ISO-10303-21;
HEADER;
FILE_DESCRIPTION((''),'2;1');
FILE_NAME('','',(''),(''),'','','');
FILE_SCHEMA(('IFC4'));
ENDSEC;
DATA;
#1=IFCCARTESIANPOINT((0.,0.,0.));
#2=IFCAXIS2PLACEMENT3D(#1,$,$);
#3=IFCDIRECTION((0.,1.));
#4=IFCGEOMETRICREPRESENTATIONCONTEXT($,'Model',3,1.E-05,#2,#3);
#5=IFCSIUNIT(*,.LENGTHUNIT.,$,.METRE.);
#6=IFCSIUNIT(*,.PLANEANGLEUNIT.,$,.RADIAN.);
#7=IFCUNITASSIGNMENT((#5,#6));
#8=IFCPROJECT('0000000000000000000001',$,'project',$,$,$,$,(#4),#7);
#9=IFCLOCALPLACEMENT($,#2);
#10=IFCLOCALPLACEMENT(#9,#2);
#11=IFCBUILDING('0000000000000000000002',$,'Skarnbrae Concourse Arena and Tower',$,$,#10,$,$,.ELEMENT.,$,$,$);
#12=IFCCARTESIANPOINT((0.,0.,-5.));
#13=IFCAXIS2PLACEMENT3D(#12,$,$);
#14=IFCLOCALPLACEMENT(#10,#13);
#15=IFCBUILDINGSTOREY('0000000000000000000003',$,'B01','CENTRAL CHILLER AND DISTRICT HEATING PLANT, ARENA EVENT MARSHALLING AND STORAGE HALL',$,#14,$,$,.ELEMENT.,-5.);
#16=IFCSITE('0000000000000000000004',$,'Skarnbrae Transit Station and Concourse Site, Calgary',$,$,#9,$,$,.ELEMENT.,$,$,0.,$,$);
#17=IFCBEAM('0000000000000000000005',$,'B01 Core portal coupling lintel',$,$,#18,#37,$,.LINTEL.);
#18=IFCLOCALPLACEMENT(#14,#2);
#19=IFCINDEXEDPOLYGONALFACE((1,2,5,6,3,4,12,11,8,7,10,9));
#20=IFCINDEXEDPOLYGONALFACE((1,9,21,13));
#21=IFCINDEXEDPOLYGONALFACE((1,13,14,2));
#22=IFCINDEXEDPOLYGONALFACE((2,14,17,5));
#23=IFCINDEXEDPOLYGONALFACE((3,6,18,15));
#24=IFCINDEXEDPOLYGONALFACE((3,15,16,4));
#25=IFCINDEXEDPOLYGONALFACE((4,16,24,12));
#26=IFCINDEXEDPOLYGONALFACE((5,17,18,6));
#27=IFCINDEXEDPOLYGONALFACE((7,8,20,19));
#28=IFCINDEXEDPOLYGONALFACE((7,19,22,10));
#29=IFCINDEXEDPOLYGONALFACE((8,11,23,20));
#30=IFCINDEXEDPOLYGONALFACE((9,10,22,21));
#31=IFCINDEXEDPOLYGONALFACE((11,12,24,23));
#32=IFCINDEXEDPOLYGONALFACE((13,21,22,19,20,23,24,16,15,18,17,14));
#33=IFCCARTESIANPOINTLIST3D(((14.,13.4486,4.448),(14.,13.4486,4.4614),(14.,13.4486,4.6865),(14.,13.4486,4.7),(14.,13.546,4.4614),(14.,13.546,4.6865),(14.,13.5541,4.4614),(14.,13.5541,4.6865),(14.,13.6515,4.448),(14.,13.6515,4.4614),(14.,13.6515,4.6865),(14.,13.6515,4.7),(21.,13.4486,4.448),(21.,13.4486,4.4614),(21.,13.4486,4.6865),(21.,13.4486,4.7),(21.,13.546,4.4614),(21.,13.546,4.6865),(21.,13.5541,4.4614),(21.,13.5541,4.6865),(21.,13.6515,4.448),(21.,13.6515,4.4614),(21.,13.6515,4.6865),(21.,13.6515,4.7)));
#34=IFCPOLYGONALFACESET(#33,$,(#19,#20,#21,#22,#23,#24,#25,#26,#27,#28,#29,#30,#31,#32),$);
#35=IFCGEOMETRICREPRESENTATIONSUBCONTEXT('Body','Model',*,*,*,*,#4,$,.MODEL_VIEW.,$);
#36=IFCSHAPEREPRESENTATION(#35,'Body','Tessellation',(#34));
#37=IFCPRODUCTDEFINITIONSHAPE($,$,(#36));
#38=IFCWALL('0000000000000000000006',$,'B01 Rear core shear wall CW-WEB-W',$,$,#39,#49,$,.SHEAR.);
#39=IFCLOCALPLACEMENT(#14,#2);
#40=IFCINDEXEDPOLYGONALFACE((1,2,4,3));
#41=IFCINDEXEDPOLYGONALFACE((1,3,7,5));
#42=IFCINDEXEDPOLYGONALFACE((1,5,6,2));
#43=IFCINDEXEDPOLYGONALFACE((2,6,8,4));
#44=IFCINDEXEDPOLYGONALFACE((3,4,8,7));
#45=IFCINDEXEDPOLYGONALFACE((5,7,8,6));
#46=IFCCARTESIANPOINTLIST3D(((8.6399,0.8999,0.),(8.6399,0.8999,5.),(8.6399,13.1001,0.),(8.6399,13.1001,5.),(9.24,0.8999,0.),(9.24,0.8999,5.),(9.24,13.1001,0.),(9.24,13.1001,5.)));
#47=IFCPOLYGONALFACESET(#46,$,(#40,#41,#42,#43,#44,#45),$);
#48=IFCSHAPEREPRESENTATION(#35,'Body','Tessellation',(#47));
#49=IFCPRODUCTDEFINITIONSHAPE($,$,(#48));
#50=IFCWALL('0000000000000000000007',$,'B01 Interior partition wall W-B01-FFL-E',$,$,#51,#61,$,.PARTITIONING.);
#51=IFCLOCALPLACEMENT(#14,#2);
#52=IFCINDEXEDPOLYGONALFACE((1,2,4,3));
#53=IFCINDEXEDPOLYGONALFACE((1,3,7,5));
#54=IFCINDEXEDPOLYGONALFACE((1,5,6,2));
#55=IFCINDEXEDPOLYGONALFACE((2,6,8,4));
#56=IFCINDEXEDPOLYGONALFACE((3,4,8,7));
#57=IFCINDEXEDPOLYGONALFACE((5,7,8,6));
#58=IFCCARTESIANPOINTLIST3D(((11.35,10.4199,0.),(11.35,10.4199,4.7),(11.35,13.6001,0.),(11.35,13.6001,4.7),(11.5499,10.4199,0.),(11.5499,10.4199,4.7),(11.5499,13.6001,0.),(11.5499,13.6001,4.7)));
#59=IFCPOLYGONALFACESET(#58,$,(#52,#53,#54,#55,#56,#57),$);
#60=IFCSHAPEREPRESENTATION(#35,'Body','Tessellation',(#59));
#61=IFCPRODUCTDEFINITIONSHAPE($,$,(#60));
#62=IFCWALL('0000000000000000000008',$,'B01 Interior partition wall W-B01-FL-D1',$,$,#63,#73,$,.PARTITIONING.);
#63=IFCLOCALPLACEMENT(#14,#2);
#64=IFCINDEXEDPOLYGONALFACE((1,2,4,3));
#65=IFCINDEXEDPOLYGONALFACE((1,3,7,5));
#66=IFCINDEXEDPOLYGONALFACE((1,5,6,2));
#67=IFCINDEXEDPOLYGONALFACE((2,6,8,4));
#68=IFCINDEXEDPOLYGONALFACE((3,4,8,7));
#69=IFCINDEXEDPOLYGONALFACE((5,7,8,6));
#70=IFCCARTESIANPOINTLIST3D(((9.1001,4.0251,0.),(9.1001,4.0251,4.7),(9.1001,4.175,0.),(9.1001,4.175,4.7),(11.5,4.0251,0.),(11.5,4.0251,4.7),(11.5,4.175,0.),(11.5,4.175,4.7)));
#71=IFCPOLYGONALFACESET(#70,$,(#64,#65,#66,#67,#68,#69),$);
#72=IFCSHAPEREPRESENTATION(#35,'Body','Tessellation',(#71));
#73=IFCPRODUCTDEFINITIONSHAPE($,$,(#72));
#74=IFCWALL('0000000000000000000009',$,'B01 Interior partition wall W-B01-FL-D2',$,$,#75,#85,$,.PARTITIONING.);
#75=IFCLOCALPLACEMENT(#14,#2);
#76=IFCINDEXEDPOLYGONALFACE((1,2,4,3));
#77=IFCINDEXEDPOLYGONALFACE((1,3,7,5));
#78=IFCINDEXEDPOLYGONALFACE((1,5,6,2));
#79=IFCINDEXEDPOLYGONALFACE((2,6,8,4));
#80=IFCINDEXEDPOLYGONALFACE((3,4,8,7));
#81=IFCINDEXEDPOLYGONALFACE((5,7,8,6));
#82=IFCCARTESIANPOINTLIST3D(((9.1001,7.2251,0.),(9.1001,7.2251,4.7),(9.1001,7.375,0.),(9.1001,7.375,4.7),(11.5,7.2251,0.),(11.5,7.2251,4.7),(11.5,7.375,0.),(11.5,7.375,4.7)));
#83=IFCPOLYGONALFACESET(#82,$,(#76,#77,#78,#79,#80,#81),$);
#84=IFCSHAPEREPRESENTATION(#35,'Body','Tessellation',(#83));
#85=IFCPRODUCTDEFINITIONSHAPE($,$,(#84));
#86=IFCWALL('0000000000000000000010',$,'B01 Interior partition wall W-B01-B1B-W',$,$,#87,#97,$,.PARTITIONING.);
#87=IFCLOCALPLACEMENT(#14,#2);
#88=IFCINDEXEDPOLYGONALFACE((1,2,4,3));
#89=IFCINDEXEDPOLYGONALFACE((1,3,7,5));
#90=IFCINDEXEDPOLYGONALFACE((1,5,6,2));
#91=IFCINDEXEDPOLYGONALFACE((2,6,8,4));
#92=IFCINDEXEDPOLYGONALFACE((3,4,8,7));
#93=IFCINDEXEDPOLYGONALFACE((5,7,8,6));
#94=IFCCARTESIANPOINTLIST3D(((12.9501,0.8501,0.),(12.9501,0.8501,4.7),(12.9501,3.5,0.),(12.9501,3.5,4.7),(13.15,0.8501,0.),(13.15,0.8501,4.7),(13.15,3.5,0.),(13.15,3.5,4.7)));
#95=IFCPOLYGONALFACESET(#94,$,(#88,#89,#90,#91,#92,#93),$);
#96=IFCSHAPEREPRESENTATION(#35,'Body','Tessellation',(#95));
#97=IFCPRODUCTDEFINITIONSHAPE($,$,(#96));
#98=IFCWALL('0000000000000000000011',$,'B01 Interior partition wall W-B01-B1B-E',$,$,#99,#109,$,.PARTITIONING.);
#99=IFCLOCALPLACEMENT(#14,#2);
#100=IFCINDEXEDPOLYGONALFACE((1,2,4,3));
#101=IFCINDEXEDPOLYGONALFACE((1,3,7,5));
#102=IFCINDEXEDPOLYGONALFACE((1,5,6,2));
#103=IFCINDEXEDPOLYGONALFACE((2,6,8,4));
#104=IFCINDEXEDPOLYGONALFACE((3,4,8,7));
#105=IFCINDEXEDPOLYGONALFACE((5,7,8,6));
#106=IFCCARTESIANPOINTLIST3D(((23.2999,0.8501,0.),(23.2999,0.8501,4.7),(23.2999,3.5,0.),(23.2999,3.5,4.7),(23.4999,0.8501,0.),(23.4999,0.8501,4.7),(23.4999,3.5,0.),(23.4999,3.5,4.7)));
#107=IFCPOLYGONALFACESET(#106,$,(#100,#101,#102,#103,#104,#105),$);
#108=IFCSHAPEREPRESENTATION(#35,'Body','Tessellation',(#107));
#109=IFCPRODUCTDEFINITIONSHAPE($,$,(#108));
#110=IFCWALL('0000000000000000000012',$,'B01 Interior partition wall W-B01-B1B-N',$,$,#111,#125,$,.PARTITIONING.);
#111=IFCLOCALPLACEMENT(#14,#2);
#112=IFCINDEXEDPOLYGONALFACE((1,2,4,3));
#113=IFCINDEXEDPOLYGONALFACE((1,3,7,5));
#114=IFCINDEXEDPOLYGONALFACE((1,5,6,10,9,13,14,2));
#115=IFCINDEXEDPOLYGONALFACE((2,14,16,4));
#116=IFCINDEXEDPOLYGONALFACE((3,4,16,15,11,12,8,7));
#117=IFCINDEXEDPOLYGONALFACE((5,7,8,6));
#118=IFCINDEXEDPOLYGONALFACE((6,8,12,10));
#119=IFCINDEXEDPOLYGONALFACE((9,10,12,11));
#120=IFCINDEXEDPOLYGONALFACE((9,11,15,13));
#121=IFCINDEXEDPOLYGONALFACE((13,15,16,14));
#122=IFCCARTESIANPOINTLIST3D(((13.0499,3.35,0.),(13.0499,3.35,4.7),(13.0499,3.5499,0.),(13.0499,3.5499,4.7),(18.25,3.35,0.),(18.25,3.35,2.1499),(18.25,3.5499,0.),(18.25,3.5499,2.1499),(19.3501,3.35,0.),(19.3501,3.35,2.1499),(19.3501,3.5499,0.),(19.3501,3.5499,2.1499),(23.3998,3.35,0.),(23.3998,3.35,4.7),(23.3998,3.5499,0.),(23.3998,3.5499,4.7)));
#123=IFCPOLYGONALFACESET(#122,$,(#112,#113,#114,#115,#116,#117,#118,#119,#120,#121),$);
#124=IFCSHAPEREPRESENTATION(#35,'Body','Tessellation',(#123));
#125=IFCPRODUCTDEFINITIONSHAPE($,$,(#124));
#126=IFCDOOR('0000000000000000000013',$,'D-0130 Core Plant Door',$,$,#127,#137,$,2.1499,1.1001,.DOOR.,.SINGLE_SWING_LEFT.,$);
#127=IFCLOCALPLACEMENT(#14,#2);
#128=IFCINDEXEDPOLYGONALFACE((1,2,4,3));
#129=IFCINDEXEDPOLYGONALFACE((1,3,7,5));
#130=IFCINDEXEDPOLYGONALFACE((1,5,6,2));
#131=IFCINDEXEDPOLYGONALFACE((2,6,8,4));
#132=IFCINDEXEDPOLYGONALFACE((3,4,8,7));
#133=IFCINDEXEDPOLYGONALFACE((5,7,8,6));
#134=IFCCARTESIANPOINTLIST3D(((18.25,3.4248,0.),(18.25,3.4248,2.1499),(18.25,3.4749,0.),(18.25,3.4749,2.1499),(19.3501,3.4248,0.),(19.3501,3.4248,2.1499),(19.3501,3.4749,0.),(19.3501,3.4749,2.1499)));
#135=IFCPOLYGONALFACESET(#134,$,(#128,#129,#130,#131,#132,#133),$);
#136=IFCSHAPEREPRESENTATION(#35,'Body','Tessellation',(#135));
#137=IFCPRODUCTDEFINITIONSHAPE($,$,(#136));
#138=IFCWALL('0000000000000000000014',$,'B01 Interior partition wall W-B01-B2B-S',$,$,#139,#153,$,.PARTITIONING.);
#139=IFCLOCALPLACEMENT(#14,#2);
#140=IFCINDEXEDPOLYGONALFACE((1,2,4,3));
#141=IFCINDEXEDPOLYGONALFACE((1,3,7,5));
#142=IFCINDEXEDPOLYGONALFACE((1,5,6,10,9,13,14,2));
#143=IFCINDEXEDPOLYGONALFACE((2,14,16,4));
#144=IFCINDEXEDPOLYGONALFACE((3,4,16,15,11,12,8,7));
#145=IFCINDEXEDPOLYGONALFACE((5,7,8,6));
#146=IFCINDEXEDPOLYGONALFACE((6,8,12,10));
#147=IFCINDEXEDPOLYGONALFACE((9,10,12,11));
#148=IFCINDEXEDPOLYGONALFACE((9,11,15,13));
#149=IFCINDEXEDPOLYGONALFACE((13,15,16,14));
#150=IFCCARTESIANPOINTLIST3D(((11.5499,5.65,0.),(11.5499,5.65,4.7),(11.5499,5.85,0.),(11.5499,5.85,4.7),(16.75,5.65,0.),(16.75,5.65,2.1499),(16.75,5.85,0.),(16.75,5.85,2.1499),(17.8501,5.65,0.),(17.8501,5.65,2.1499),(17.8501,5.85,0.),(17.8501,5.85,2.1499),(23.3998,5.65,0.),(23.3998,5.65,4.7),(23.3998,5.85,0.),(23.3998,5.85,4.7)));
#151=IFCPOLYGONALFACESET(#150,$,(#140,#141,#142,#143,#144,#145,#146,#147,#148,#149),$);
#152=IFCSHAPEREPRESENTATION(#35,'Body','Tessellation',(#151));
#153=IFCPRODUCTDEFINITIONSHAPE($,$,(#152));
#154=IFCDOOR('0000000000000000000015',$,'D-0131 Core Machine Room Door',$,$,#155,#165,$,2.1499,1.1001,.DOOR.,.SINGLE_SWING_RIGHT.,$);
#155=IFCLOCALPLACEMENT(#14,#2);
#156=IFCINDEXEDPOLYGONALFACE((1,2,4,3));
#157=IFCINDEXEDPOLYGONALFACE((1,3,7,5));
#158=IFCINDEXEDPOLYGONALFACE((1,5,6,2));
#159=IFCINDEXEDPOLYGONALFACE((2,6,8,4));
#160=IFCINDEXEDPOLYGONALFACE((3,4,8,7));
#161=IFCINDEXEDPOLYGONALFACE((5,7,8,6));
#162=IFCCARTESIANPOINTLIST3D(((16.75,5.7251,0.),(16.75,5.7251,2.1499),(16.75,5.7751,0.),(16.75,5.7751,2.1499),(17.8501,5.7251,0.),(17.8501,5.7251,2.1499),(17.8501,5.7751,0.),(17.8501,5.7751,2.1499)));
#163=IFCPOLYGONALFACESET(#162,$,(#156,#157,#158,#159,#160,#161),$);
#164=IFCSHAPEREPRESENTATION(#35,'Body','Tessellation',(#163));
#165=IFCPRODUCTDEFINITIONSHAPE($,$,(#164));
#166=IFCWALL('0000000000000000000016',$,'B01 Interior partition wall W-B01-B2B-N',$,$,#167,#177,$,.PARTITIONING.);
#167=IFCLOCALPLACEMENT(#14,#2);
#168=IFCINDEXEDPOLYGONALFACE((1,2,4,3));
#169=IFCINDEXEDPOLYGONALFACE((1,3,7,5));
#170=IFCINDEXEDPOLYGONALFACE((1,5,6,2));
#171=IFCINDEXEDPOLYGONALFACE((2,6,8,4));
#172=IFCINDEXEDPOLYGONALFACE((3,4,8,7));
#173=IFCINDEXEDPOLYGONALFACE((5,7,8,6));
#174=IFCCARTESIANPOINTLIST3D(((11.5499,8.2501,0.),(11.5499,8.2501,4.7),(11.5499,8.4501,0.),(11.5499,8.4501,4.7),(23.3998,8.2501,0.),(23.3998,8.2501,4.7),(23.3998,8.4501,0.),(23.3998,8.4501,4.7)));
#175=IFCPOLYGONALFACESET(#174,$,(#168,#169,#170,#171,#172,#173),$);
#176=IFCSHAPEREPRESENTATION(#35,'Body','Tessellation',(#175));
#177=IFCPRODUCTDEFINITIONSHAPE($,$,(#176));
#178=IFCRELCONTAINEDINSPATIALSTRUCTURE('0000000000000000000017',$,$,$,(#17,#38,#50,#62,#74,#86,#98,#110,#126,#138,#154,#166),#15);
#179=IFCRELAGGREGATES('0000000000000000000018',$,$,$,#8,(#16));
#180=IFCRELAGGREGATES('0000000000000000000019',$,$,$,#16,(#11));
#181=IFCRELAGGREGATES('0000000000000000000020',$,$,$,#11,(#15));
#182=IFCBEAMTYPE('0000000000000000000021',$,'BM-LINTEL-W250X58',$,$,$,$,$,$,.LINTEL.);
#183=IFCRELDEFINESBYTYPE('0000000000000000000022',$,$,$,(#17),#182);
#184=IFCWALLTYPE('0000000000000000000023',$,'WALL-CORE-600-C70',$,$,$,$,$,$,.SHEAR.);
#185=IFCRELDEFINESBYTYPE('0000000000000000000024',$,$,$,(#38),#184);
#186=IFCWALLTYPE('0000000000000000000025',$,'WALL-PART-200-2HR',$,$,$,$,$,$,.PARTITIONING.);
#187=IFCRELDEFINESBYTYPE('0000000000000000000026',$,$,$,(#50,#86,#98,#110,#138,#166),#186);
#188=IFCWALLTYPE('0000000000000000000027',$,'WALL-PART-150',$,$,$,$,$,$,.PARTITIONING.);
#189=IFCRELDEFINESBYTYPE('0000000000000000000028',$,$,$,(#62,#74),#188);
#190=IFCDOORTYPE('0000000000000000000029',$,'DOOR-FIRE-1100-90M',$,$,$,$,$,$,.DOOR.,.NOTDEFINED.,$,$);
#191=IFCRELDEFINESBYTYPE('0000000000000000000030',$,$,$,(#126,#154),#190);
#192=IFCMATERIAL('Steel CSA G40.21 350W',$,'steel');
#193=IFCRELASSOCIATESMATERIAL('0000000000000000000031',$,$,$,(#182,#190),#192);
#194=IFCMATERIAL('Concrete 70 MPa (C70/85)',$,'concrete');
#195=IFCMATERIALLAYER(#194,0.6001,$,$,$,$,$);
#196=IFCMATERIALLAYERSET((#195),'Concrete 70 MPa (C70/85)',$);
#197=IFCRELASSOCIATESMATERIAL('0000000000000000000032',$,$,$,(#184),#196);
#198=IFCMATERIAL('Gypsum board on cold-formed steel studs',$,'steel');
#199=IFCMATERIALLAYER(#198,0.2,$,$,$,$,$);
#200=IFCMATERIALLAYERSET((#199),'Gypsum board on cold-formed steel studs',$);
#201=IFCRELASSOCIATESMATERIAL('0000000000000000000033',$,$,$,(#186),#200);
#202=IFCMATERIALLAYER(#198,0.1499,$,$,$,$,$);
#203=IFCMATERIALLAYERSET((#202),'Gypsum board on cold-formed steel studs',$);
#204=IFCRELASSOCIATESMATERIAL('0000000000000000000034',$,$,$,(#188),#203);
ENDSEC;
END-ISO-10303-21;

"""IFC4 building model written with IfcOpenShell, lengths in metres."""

from ifc_helpers import new_model, si_unit, direction, frame, frame_2d, origin, origin_2d, place, context, subcontext, project, spatial, rectangle, i_section, extrude, source, transform, mapped, material, layer, layer_set, material_profile, profile_set, type_object, element, fill, save


model = new_model("IFC4")

# Units and contexts
model_context = context("Model", 3, precision=1e-05, world=origin(), true_north=direction((0.0, 1.0)))
body_context = subcontext(model_context, "Body", "Model", "MODEL_VIEW")
ifc_project = project(units=[si_unit("LENGTHUNIT", "METRE"), si_unit("PLANEANGLEUNIT", "RADIAN")], contexts=[model_context])

# Site, building, storey
site_placement = place(None, origin())
site = spatial("IfcSite", under=ifc_project, at=site_placement, Name="Skarnbrae Transit Station and Concourse Site, Calgary", CompositionType="ELEMENT", RefElevation=0.0)
building_placement = place(site_placement, origin())
building = spatial("IfcBuilding", under=site, at=building_placement, Name="Skarnbrae Concourse Arena and Tower", CompositionType="ELEMENT")
storey_placement = place(building_placement, frame((0.0, 0.0, -5.0)))
storey = spatial("IfcBuildingStorey", under=building, at=storey_placement, Name="B01", Description="CENTRAL CHILLER AND DISTRICT HEATING PLANT, ARENA EVENT MARSHALLING AND STORAGE HALL", CompositionType="ELEMENT", Elevation=-5.0)

# Beam
ifc_material_1 = material(Name="Steel CSA G40.21 350W", Category="steel")
ifc_material_profile = material_profile(ifc_material_1, i_section(OverallWidth=0.2029, OverallDepth=0.252, WebThickness=0.0081, FlangeThickness=0.0134, at=origin_2d()), Name="W250X58")
ifc_profile_set = profile_set([ifc_material_profile], Name="Steel CSA G40.21 350W")
beam_type = type_object("IfcBeamType", Name="BM-LINTEL-W250X58", PredefinedType="LINTEL", material=ifc_profile_set)
shared_shape_1 = source(origin(), body_context, "Body", "SweptSolid", [
    extrude(i_section(OverallWidth=0.2029, OverallDepth=0.252, WebThickness=0.0081, FlangeThickness=0.0134, at=origin_2d()), origin(), (0.0, 0.0, 1.0), 7.0),
])
beam_placement = place(storey_placement, frame((14.0, 13.55, 4.574), z_axis=(1.0, 0.0, 0.0), x_axis=(0.0, 1.0, 0.0)))
element("IfcBeam", 1, at=beam_placement, inside=storey, type_object=beam_type, Name="B01 Core portal coupling lintel", PredefinedType="LINTEL", context=body_context, shape_type="MappedRepresentation", body=[
    mapped(shared_shape_1, transform((0.0, 0.0, 0.0))),
])

# Wall
ifc_material_2 = material(Name="Concrete 70 MPa (C70/85)", Category="concrete")
ifc_layer_1 = layer(ifc_material_2, 0.6001)
ifc_layer_set_1 = layer_set([ifc_layer_1], Name="Concrete 70 MPa (C70/85)")
wall_type_1 = type_object("IfcWallType", Name="WALL-CORE-600-C70", PredefinedType="SHEAR", material=ifc_layer_set_1)
shared_shape_2 = source(origin(), body_context, "Body", "SweptSolid", [
    extrude(rectangle(XDim=12.2002, YDim=0.6001, at=frame_2d((6.1001, 0.0))), origin(), (0.0, 0.0, 1.0), 5.0),
])
wall_1_placement = place(storey_placement, frame((8.9399, 0.8999, 0.0), z_axis=(0.0, 0.0, 1.0), x_axis=(0.0, 1.0, 0.0)))
element("IfcWall", 2, at=wall_1_placement, inside=storey, type_object=wall_type_1, Name="B01 Rear core shear wall CW-WEB-W", PredefinedType="SHEAR", context=body_context, shape_type="MappedRepresentation", body=[
    mapped(shared_shape_2, transform((0.0, 0.0, 0.0))),
])

# Shared definitions
door_type_1 = type_object("IfcDoorType", Name="DOOR-FIRE-1100-90M", OperationType="NOTDEFINED", PredefinedType="DOOR", material=ifc_material_1)
shared_shape_3 = source(origin(), body_context, "Body", "SweptSolid", [
    extrude(rectangle(XDim=1.1001, YDim=2.1499, at=frame_2d((0.55, 1.075))), frame((0.0, 0.0249, 0.0), z_axis=(0.0, -1.0, 0.0), x_axis=(1.0, 0.0, 0.0)), (0.0, 0.0, 1.0), 0.05),
])

# Wall
ifc_material_3 = material(Name="Gypsum board on cold-formed steel studs", Category="steel")
ifc_layer_2 = layer(ifc_material_3, 0.2)
ifc_layer_set_2 = layer_set([ifc_layer_2], Name="Gypsum board on cold-formed steel studs")
wall_type_2 = type_object("IfcWallType", Name="WALL-PART-200-2HR", PredefinedType="PARTITIONING", material=ifc_layer_set_2)
shared_shape_4 = source(origin(), body_context, "Body", "SweptSolid", [
    extrude(rectangle(XDim=3.1802, YDim=0.2, at=frame_2d((1.5901, 0.0))), origin(), (0.0, 0.0, 1.0), 4.7),
])
wall_2_placement = place(storey_placement, frame((11.45, 10.4199, 0.0), z_axis=(0.0, 0.0, 1.0), x_axis=(0.0, 1.0, 0.0)))
element("IfcWall", 3, at=wall_2_placement, inside=storey, type_object=wall_type_2, Name="B01 Interior partition wall W-B01-FFL-E", PredefinedType="PARTITIONING", context=body_context, shape_type="MappedRepresentation", body=[
    mapped(shared_shape_4, transform((0.0, 0.0, 0.0))),
])

# Walls
ifc_layer_3 = layer(ifc_material_3, 0.1499)
ifc_layer_set_3 = layer_set([ifc_layer_3], Name="Gypsum board on cold-formed steel studs")
wall_type_3 = type_object("IfcWallType", Name="WALL-PART-150", PredefinedType="PARTITIONING", material=ifc_layer_set_3)
shared_shape_5 = source(origin(), body_context, "Body", "SweptSolid", [
    extrude(rectangle(XDim=2.3999, YDim=0.1499, at=frame_2d((1.2, 0.0))), origin(), (0.0, 0.0, 1.0), 4.7),
])
for number, where, z_axis, x_axis, name in (
    (4, (9.1001, 4.1001, 0.0), (0.0, 0.0, 1.0), (1.0, 0.0, 0.0), "B01 Interior partition wall W-B01-FL-D1"),
    (5, (9.1001, 7.3, 0.0), (0.0, 0.0, 1.0), (1.0, 0.0, 0.0), "B01 Interior partition wall W-B01-FL-D2"),
):
    element("IfcWall", number, at=place(storey_placement, frame(where, z_axis=z_axis, x_axis=x_axis)), inside=storey, type_object=wall_type_3, Name=name, PredefinedType="PARTITIONING", context=body_context, shape_type="MappedRepresentation", body=[
        mapped(shared_shape_5, transform((0.0, 0.0, 0.0))),
    ])
shared_shape_6 = source(origin(), body_context, "Body", "SweptSolid", [
    extrude(rectangle(XDim=2.6499, YDim=0.2, at=frame_2d((1.325, 0.0))), origin(), (0.0, 0.0, 1.0), 4.7),
])
for number, where, z_axis, x_axis, name in (
    (6, (13.05, 0.8501, 0.0), (0.0, 0.0, 1.0), (0.0, 1.0, 0.0), "B01 Interior partition wall W-B01-B1B-W"),
    (7, (23.3999, 0.8501, 0.0), (0.0, 0.0, 1.0), (0.0, 1.0, 0.0), "B01 Interior partition wall W-B01-B1B-E"),
):
    element("IfcWall", number, at=place(storey_placement, frame(where, z_axis=z_axis, x_axis=x_axis)), inside=storey, type_object=wall_type_2, Name=name, PredefinedType="PARTITIONING", context=body_context, shape_type="MappedRepresentation", body=[
        mapped(shared_shape_6, transform((0.0, 0.0, 0.0))),
    ])

# Walls, openings, doors
shared_shape_7 = source(origin(), body_context, "Body", "SweptSolid", [
    extrude(rectangle(XDim=10.3499, YDim=0.2, at=frame_2d((5.1748, 0.0))), origin(), (0.0, 0.0, 1.0), 4.7),
])
wall_3_placement = place(storey_placement, frame((13.05, 3.45, 0.0), z_axis=(0.0, 0.0, 1.0), x_axis=(1.0, 0.0, 0.0)))
wall_3 = element("IfcWall", 8, at=wall_3_placement, inside=storey, type_object=wall_type_2, Name="B01 Interior partition wall W-B01-B1B-N", PredefinedType="PARTITIONING", context=body_context, shape_type="MappedRepresentation", body=[
    mapped(shared_shape_7, transform((0.0, 0.0, 0.0))),
])
opening_1_placement = place(wall_3_placement, frame((5.2, 0.0, 0.0)))
opening_1 = element("IfcOpeningElement", 9, at=opening_1_placement, cuts=wall_3, PredefinedType="OPENING", context=body_context, shape_type="SweptSolid", body=[
    extrude(rectangle(XDim=1.1001, YDim=2.1499, at=frame_2d((0.55, 1.075))), frame((0.0, 0.1099, 0.0), z_axis=(0.0, -1.0, 0.0), x_axis=(1.0, 0.0, 0.0)), (0.0, 0.0, 1.0), 0.22),
])
door_1_placement = place(opening_1_placement, origin())
door_1 = element("IfcDoor", 10, at=door_1_placement, inside=storey, type_object=door_type_1, Name="D-0130 Core Plant Door", OperationType="SINGLE_SWING_LEFT", OverallHeight=2.1499, OverallWidth=1.1001, PredefinedType="DOOR", context=body_context, shape_type="MappedRepresentation", body=[
    mapped(shared_shape_3, transform((0.0, 0.0, 0.0))),
])
fill(opening_1, door_1)
shared_shape_8 = source(origin(), body_context, "Body", "SweptSolid", [
    extrude(rectangle(XDim=11.8499, YDim=0.2, at=frame_2d((5.9248, 0.0))), origin(), (0.0, 0.0, 1.0), 4.7),
])
wall_4_placement = place(storey_placement, frame((11.55, 5.75, 0.0), z_axis=(0.0, 0.0, 1.0), x_axis=(1.0, 0.0, 0.0)))
wall_4 = element("IfcWall", 11, at=wall_4_placement, inside=storey, type_object=wall_type_2, Name="B01 Interior partition wall W-B01-B2B-S", PredefinedType="PARTITIONING", context=body_context, shape_type="MappedRepresentation", body=[
    mapped(shared_shape_8, transform((0.0, 0.0, 0.0))),
])
opening_2_placement = place(wall_4_placement, frame((5.2, 0.0, 0.0)))
opening_2 = element("IfcOpeningElement", 12, at=opening_2_placement, cuts=wall_4, PredefinedType="OPENING", context=body_context, shape_type="SweptSolid", body=[
    extrude(rectangle(XDim=1.1001, YDim=2.1499, at=frame_2d((0.55, 1.075))), frame((0.0, 0.1099, 0.0), z_axis=(0.0, -1.0, 0.0), x_axis=(1.0, 0.0, 0.0)), (0.0, 0.0, 1.0), 0.22),
])
door_2_placement = place(opening_2_placement, frame((1.1001, 0.0, 0.0), z_axis=(0.0, 0.0, 1.0), x_axis=(-1.0, 0.0, 0.0)))
door_2 = element("IfcDoor", 13, at=door_2_placement, inside=storey, type_object=door_type_1, Name="D-0131 Core Machine Room Door", OperationType="SINGLE_SWING_RIGHT", OverallHeight=2.1499, OverallWidth=1.1001, PredefinedType="DOOR", context=body_context, shape_type="MappedRepresentation", body=[
    mapped(shared_shape_3, transform((0.0, 0.0, 0.0))),
])
fill(opening_2, door_2)

# Wall
wall_5_placement = place(storey_placement, frame((11.55, 8.3501, 0.0), z_axis=(0.0, 0.0, 1.0), x_axis=(1.0, 0.0, 0.0)))
element("IfcWall", 14, at=wall_5_placement, inside=storey, type_object=wall_type_2, Name="B01 Interior partition wall W-B01-B2B-N", PredefinedType="PARTITIONING", context=body_context, shape_type="MappedRepresentation", body=[
    mapped(shared_shape_8, transform((0.0, 0.0, 0.0))),
])

save(model, "model.ifc")
